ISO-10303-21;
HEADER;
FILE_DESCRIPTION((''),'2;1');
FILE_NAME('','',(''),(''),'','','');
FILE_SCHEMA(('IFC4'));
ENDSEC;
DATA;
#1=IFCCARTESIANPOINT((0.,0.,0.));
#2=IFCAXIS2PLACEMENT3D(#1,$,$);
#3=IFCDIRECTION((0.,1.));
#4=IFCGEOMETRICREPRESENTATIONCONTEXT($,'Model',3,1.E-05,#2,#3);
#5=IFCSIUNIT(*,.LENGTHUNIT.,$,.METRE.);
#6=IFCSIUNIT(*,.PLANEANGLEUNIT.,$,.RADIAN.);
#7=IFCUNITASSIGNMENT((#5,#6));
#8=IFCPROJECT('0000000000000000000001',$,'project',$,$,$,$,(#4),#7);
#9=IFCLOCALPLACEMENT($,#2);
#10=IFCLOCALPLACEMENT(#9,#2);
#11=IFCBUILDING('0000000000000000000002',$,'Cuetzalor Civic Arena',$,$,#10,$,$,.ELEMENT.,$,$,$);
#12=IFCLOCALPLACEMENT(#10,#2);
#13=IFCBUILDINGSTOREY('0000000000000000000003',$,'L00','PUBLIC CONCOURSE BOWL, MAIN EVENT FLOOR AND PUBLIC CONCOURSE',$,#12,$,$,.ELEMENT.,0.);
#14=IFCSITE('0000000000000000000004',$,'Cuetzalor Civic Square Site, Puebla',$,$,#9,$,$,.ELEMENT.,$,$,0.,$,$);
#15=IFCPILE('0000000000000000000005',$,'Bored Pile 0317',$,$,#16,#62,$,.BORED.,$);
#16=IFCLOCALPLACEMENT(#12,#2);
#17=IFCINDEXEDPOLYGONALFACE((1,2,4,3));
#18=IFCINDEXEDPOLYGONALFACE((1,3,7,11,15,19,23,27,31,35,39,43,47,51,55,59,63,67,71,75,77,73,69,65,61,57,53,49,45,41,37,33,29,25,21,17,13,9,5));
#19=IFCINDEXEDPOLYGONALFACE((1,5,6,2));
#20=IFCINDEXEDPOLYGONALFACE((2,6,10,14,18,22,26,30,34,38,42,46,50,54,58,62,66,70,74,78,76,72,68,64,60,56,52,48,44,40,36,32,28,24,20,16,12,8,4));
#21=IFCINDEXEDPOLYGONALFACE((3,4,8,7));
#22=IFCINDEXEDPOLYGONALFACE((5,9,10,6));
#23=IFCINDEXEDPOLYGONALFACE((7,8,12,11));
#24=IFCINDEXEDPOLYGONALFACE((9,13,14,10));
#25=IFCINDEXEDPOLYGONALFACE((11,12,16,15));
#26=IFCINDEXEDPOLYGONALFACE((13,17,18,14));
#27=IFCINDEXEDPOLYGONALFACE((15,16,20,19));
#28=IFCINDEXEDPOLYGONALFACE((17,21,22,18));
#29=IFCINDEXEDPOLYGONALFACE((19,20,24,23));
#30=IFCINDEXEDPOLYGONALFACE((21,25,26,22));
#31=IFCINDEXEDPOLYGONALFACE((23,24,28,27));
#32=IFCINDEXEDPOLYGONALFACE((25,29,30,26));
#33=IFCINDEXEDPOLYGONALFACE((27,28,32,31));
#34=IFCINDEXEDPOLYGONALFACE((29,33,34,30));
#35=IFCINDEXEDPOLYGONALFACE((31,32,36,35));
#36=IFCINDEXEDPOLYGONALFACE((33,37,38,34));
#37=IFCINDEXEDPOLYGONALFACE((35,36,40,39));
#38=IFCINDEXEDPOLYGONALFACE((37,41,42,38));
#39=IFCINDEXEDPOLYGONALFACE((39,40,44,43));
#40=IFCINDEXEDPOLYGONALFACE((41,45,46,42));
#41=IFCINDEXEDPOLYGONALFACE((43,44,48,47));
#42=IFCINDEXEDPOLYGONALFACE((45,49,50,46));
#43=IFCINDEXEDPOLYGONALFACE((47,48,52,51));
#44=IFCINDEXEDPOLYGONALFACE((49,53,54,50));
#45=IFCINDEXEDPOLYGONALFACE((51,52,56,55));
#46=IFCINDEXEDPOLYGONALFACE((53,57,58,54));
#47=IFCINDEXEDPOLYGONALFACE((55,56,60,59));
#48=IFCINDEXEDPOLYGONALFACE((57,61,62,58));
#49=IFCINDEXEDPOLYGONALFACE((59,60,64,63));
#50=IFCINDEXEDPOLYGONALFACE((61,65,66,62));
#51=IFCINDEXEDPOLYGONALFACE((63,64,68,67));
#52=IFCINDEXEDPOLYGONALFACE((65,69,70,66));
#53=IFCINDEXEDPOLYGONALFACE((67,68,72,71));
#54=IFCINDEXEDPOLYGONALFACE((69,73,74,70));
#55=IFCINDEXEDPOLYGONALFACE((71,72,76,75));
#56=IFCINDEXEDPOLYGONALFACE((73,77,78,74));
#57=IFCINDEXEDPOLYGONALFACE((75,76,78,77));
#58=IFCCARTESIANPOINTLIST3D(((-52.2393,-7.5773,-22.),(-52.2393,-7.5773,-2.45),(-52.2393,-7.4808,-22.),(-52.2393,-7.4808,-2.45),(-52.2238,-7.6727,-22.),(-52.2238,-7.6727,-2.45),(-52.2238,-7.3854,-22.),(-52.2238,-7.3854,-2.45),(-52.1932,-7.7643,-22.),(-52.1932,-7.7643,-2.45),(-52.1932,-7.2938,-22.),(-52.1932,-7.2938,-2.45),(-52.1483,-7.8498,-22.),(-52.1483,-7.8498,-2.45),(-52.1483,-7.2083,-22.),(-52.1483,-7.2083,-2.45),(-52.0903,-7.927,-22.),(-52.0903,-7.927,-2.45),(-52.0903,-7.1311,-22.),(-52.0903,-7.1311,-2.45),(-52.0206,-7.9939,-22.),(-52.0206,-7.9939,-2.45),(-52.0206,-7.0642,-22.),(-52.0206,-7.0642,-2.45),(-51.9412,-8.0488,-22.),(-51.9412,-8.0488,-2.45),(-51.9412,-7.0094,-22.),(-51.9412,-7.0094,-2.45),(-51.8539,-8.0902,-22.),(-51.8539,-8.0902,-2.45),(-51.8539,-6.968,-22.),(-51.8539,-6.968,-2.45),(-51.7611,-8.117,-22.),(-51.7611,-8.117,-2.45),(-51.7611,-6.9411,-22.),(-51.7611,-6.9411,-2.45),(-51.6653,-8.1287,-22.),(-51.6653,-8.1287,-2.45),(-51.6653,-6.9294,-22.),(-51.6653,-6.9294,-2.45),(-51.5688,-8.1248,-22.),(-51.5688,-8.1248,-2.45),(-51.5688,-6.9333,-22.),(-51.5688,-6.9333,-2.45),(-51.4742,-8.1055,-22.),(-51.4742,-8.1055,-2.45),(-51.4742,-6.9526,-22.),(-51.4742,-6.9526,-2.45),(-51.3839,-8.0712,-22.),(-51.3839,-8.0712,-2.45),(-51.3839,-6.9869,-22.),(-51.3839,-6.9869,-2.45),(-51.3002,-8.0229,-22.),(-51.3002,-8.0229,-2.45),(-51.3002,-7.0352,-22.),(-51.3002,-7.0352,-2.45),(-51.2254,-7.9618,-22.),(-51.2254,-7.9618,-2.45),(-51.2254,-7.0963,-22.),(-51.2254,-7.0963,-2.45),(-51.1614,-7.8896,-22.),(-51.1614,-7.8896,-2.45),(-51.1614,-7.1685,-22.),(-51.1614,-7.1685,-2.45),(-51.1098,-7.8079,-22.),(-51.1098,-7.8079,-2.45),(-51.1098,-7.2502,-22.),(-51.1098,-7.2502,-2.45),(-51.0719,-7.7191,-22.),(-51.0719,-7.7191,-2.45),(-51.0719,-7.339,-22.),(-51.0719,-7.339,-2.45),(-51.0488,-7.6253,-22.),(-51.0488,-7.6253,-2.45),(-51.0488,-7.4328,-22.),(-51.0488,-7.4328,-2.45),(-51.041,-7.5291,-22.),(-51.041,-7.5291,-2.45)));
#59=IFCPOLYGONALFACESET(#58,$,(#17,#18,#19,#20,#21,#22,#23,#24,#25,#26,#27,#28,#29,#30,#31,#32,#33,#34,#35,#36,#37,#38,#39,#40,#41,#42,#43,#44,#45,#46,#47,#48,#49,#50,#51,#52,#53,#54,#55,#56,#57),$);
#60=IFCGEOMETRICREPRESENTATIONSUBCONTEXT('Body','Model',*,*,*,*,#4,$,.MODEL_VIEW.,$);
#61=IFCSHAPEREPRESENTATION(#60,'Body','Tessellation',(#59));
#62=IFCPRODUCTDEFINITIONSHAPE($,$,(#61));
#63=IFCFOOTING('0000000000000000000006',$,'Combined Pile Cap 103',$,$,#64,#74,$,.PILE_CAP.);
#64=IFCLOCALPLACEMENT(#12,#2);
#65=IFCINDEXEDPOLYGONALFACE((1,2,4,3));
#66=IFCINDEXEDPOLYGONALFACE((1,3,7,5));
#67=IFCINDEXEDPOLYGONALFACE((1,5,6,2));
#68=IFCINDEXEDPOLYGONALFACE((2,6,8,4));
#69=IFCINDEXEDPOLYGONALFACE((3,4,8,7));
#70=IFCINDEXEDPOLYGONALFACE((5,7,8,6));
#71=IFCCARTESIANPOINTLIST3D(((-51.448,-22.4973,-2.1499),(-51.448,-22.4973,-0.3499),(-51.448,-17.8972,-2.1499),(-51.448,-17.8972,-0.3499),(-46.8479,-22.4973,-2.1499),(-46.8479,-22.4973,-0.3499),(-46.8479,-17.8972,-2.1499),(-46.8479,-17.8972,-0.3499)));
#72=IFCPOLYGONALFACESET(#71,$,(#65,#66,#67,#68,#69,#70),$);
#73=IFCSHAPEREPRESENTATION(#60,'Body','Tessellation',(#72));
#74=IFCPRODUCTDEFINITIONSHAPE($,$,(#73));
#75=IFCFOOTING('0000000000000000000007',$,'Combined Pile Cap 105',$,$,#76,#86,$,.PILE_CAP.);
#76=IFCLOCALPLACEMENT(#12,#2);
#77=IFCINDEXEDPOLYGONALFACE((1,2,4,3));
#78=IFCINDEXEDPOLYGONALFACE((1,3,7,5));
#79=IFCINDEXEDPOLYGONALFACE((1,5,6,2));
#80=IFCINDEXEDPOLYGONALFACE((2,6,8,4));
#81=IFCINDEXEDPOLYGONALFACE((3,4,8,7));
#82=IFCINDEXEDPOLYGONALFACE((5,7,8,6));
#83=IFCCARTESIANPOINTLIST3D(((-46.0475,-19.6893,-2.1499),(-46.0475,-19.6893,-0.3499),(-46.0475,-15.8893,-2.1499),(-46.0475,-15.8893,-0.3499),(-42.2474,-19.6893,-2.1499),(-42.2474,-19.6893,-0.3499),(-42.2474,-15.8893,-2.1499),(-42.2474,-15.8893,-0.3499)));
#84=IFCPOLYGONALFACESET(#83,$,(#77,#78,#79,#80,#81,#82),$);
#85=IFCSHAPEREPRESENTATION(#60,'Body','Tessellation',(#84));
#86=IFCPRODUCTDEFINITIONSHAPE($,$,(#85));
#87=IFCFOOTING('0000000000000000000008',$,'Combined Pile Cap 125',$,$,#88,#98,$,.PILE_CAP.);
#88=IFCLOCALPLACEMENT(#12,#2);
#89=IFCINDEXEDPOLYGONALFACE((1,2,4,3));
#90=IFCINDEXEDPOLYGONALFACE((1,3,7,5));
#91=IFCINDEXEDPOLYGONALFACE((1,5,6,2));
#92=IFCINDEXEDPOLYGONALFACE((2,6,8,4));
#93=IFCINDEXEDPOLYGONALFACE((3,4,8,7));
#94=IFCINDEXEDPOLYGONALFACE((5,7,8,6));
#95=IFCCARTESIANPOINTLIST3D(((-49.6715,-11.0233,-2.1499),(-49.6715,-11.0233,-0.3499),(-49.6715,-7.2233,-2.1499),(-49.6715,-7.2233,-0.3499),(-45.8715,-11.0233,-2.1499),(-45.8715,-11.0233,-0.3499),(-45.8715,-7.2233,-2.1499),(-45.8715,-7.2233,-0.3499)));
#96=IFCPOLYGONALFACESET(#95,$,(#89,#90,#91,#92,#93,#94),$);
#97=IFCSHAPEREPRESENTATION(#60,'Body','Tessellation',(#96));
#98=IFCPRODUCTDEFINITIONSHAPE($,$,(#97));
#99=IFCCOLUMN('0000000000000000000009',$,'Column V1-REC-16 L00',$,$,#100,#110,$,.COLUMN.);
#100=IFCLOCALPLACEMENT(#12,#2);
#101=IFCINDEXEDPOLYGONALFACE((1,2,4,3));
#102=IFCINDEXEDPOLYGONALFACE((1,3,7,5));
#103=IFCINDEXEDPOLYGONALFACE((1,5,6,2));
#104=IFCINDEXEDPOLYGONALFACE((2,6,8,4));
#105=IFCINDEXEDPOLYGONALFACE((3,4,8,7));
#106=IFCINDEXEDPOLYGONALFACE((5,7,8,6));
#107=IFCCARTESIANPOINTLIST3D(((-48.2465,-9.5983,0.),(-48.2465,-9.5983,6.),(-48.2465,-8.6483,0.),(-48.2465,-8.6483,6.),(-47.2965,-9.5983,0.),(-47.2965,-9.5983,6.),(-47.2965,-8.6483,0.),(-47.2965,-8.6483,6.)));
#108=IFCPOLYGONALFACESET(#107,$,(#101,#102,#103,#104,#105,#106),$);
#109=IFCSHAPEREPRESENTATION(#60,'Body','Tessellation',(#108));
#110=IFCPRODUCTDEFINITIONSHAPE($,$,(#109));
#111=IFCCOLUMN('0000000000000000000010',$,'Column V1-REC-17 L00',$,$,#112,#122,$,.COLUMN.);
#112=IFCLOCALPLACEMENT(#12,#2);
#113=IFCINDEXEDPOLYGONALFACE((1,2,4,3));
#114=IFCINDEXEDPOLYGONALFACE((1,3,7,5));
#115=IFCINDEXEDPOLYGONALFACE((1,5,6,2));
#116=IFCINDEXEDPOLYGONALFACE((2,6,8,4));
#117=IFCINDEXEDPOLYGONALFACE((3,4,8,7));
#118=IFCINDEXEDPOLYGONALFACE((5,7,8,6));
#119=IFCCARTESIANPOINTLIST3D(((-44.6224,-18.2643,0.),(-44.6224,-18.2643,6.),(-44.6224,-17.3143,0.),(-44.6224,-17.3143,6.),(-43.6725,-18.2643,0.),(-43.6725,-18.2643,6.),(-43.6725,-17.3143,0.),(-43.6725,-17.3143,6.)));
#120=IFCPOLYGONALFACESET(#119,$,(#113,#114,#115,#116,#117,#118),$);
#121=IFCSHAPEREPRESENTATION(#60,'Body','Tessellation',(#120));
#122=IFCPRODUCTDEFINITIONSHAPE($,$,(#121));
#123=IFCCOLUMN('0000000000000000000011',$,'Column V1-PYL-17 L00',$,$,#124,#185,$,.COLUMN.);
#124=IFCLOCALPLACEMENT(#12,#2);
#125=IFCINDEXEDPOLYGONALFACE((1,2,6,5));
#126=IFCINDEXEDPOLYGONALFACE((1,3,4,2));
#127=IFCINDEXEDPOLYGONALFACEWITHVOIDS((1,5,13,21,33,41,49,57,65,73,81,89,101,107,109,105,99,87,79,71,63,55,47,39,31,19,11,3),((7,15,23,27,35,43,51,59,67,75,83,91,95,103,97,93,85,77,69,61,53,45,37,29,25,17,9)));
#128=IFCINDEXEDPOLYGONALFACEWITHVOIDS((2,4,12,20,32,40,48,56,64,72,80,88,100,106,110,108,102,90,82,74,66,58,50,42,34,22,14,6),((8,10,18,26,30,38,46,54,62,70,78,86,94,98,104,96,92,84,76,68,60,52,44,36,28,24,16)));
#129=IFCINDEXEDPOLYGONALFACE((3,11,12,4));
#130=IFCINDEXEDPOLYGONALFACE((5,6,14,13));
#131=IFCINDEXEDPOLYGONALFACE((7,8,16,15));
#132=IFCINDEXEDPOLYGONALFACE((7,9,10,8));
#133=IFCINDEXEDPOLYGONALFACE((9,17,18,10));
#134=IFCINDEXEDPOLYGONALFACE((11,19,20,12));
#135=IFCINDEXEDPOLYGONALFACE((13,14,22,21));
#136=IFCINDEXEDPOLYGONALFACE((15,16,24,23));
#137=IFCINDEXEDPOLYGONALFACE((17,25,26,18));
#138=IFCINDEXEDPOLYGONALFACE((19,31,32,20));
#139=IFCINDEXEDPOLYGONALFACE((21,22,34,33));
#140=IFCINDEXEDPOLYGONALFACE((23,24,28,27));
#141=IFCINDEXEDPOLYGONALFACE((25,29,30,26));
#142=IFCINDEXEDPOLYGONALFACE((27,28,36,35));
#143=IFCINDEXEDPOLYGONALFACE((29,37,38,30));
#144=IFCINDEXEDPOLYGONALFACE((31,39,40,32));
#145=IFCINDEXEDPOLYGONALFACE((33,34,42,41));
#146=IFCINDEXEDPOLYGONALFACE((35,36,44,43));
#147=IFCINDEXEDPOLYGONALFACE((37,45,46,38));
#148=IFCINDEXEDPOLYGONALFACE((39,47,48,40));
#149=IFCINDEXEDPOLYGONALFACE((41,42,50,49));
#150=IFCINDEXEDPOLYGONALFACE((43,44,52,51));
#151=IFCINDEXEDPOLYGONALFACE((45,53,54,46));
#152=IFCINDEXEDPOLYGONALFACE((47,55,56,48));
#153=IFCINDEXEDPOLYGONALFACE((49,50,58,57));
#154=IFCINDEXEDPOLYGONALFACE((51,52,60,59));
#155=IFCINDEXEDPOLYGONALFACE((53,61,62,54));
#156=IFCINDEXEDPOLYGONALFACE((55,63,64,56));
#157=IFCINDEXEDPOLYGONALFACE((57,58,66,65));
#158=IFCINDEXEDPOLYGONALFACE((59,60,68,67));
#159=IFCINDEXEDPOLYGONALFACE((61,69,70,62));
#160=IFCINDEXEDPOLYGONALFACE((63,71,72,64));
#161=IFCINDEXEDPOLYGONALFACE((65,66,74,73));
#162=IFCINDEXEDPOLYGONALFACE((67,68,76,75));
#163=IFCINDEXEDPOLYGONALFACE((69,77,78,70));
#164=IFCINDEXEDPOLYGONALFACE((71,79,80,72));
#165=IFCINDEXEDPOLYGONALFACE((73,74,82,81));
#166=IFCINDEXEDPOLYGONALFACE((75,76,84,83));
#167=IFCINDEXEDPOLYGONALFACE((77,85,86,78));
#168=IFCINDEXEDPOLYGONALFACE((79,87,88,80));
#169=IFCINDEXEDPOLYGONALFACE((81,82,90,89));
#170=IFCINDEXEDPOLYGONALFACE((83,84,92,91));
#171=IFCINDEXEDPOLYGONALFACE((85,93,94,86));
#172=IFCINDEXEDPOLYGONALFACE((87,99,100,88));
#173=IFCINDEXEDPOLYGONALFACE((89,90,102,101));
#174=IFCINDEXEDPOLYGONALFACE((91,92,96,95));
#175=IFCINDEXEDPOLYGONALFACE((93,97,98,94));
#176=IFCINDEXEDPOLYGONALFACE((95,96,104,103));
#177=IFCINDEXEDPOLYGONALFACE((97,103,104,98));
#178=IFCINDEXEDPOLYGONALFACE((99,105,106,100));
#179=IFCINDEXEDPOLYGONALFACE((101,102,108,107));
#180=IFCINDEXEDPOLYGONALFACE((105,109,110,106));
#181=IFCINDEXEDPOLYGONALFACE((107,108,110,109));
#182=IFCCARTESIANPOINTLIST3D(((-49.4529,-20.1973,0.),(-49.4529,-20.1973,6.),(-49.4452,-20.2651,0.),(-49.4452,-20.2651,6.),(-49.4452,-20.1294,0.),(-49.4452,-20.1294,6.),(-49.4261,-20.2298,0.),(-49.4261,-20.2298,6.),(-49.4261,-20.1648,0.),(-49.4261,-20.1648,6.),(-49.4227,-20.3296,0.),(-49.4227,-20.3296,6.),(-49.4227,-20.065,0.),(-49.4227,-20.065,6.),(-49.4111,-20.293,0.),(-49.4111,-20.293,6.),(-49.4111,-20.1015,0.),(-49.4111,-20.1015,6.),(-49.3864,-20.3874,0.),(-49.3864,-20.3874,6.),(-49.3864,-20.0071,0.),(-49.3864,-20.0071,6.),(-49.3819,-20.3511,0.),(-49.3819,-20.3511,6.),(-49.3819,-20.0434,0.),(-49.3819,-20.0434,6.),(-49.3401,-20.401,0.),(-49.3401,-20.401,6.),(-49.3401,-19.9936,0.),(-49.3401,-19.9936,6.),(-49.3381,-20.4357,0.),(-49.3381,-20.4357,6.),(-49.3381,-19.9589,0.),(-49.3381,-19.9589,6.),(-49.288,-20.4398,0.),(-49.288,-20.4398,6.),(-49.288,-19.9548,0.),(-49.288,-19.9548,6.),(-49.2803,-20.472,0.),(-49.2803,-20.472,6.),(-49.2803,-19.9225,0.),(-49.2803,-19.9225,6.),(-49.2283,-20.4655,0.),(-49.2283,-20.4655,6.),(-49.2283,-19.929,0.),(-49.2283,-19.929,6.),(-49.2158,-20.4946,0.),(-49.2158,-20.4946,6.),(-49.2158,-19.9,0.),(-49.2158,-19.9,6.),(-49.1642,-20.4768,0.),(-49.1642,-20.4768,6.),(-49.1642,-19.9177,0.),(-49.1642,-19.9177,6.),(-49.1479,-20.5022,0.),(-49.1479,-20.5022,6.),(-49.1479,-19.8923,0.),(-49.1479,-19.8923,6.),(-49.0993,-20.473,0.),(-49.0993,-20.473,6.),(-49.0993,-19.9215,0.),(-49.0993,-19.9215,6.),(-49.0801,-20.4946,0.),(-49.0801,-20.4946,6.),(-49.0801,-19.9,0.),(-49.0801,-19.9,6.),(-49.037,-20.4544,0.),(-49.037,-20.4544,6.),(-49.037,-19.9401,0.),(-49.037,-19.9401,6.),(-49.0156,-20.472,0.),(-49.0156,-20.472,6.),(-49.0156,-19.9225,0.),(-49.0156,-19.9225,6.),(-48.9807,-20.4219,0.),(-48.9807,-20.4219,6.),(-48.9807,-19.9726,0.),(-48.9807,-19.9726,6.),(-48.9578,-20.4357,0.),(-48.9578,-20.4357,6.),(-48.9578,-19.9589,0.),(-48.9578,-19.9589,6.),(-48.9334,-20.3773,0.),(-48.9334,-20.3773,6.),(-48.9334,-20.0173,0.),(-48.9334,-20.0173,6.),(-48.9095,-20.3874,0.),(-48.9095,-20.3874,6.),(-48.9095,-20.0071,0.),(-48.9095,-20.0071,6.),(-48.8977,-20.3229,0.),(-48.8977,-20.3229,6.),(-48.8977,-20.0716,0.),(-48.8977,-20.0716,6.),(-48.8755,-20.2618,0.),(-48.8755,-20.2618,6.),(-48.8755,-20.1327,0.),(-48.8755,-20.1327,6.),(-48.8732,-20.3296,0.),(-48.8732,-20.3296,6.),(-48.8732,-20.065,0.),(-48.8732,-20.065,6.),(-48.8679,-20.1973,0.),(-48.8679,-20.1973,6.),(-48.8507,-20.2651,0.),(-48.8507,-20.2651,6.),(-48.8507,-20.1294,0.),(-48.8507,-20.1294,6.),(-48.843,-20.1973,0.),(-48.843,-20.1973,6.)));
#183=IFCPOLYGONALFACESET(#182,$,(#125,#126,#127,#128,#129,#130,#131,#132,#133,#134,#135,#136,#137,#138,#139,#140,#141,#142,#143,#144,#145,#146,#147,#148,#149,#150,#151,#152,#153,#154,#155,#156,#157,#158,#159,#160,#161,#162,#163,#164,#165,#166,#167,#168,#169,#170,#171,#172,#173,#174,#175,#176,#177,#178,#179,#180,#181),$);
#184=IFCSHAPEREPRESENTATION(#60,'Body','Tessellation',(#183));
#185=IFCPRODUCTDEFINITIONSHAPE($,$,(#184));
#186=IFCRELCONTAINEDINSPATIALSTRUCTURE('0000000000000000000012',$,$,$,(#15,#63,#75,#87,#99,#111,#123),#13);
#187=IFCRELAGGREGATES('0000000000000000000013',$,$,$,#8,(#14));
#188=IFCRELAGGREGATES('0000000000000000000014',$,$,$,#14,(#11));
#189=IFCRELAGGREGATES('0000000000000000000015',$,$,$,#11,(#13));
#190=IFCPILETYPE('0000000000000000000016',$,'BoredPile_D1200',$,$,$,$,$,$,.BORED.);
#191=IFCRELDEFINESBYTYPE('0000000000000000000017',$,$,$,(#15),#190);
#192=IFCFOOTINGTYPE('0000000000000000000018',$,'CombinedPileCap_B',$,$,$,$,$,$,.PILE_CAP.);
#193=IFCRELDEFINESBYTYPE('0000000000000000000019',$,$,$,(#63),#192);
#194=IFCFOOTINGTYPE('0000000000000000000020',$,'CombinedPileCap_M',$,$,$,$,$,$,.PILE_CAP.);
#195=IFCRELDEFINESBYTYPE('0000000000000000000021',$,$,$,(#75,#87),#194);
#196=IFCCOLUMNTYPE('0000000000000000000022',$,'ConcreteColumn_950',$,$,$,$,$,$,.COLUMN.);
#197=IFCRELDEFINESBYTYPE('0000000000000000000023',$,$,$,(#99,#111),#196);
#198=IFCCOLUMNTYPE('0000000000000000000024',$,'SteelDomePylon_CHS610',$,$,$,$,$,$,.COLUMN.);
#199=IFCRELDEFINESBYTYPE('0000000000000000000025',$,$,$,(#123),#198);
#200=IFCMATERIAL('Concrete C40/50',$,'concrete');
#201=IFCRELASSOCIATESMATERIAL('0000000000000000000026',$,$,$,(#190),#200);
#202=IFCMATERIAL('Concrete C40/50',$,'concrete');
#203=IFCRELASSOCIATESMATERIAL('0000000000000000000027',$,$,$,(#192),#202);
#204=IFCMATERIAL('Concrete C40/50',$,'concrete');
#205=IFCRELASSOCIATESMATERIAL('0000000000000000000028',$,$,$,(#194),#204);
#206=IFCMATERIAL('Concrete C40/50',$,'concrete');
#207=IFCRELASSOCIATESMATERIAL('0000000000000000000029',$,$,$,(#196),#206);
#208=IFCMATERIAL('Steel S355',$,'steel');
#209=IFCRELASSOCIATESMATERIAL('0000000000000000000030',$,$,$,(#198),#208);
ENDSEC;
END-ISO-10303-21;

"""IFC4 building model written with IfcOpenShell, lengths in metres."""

from ifc_helpers import new_model, si_unit, direction, frame, origin, origin_2d, place, context, subcontext, project, spatial, rectangle, circle, hollow_circle, extrude, material, material_profile, profile_set, type_object, element, save


model = new_model("IFC4")

# Units and contexts
model_context = context("Model", 3, precision=1e-05, world=origin(), true_north=direction((0.0, 1.0)))
body_context = subcontext(model_context, "Body", "Model", "MODEL_VIEW")
ifc_project = project(units=[si_unit("LENGTHUNIT", "METRE"), si_unit("PLANEANGLEUNIT", "RADIAN")], contexts=[model_context])

# Site, building, storey
site_placement = place(None, origin())
site = spatial("IfcSite", under=ifc_project, at=site_placement, Name="Cuetzalor Civic Square Site, Puebla", CompositionType="ELEMENT", RefElevation=0.0)
building_placement = place(site_placement, origin())
building = spatial("IfcBuilding", under=site, at=building_placement, Name="Cuetzalor Civic Arena", CompositionType="ELEMENT")
storey_placement = place(building_placement, origin())
storey = spatial("IfcBuildingStorey", under=building, at=storey_placement, Name="L00", Description="PUBLIC CONCOURSE BOWL, MAIN EVENT FLOOR AND PUBLIC CONCOURSE", CompositionType="ELEMENT", Elevation=0.0)

# Pile
ifc_material_1 = material(Name="Concrete C40/50", Category="concrete")
ifc_material_profile_1 = material_profile(ifc_material_1, circle(Radius=0.6001, at=origin_2d()), Name="BORED PILE D1200")
ifc_profile_set_1 = profile_set([ifc_material_profile_1], Name="Concrete C40/50")
pile_type_1 = type_object("IfcPileType", Name="BoredPile_D1200", PredefinedType="BORED", material=ifc_profile_set_1)
for number, where, z_axis, x_axis, name in (
    (1, (-51.6411, -7.5291, -2.45), (0.0, 0.0, -1.0), (1.0, 0.0, 0.0), "Bored Pile 0317"),
):
    element("IfcPile", number, at=place(storey_placement, frame(where, z_axis=z_axis, x_axis=x_axis)), inside=storey, type_object=pile_type_1, Name=name, PredefinedType="BORED", context=body_context, shape_type="SweptSolid", body=[
        extrude(circle(Radius=0.6001, at=origin_2d()), origin(), (0.0, 0.0, 1.0), 19.55),
    ])

# Footings
ifc_material_2 = material(Name="Concrete C40/50", Category="concrete")
footing_type_1 = type_object("IfcFootingType", Name="CombinedPileCap_B", PredefinedType="PILE_CAP", material=ifc_material_2)
footing_placement = place(storey_placement, frame((-49.1479, -20.1973, -2.1499), z_axis=(0.0, 0.0, 1.0), x_axis=(1.0, 0.0, 0.0)))
element("IfcFooting", 2, at=footing_placement, inside=storey, type_object=footing_type_1, Name="Combined Pile Cap 103", PredefinedType="PILE_CAP", context=body_context, shape_type="SweptSolid", body=[
    extrude(rectangle(XDim=4.6001, YDim=4.6001, at=origin_2d()), origin(), (0.0, 0.0, 1.0), 1.8),
])
ifc_material_3 = material(Name="Concrete C40/50", Category="concrete")
footing_type_2 = type_object("IfcFootingType", Name="CombinedPileCap_M", PredefinedType="PILE_CAP", material=ifc_material_3)
for number, where, z_axis, x_axis, name in (
    (3, (-44.1475, -17.7893, -2.1499), (0.0, 0.0, 1.0), (1.0, 0.0, 0.0), "Combined Pile Cap 105"),
    (4, (-47.7715, -9.1233, -2.1499), (0.0, 0.0, 1.0), (1.0, 0.0, 0.0), "Combined Pile Cap 125"),
):
    element("IfcFooting", number, at=place(storey_placement, frame(where, z_axis=z_axis, x_axis=x_axis)), inside=storey, type_object=footing_type_2, Name=name, PredefinedType="PILE_CAP", context=body_context, shape_type="SweptSolid", body=[
        extrude(rectangle(XDim=3.8, YDim=3.8, at=origin_2d()), origin(), (0.0, 0.0, 1.0), 1.8),
    ])

# Columns
ifc_material_4 = material(Name="Concrete C40/50", Category="concrete")
ifc_material_profile_2 = material_profile(ifc_material_4, rectangle(XDim=0.95, YDim=0.95, at=origin_2d()), Name="RC 950x950")
ifc_profile_set_2 = profile_set([ifc_material_profile_2], Name="Concrete C40/50")
column_type_1 = type_object("IfcColumnType", Name="ConcreteColumn_950", PredefinedType="COLUMN", material=ifc_profile_set_2)
for number, where, z_axis, x_axis, name in (
    (5, (-47.7715, -9.1233, 0.0), (0.0, 0.0, 1.0), (1.0, 0.0, 0.0), "Column V1-REC-16 L00"),
    (6, (-44.1475, -17.7893, 0.0), (0.0, 0.0, 1.0), (1.0, 0.0, 0.0), "Column V1-REC-17 L00"),
):
    element("IfcColumn", number, at=place(storey_placement, frame(where, z_axis=z_axis, x_axis=x_axis)), inside=storey, type_object=column_type_1, Name=name, PredefinedType="COLUMN", context=body_context, shape_type="SweptSolid", body=[
        extrude(rectangle(XDim=0.95, YDim=0.95, at=origin_2d()), origin(), (0.0, 0.0, 1.0), 6.0),
    ])
ifc_material_5 = material(Name="Steel S355", Category="steel")
ifc_material_profile_3 = material_profile(ifc_material_5, hollow_circle(Radius=0.3049, WallThickness=0.0249, at=origin_2d()), Name="CHS 610x25")
ifc_profile_set_3 = profile_set([ifc_material_profile_3], Name="Steel S355")
column_type_2 = type_object("IfcColumnType", Name="SteelDomePylon_CHS610", PredefinedType="COLUMN", material=ifc_profile_set_3)
column_placement = place(storey_placement, frame((-49.1479, -20.1973, 0.0), z_axis=(0.0, 0.0, 1.0), x_axis=(1.0, 0.0, 0.0)))
element("IfcColumn", 7, at=column_placement, inside=storey, type_object=column_type_2, Name="Column V1-PYL-17 L00", PredefinedType="COLUMN", context=body_context, shape_type="SweptSolid", body=[
    extrude(hollow_circle(Radius=0.3049, WallThickness=0.0249, at=origin_2d()), origin(), (0.0, 0.0, 1.0), 6.0),
])

save(model, "model.ifc")
